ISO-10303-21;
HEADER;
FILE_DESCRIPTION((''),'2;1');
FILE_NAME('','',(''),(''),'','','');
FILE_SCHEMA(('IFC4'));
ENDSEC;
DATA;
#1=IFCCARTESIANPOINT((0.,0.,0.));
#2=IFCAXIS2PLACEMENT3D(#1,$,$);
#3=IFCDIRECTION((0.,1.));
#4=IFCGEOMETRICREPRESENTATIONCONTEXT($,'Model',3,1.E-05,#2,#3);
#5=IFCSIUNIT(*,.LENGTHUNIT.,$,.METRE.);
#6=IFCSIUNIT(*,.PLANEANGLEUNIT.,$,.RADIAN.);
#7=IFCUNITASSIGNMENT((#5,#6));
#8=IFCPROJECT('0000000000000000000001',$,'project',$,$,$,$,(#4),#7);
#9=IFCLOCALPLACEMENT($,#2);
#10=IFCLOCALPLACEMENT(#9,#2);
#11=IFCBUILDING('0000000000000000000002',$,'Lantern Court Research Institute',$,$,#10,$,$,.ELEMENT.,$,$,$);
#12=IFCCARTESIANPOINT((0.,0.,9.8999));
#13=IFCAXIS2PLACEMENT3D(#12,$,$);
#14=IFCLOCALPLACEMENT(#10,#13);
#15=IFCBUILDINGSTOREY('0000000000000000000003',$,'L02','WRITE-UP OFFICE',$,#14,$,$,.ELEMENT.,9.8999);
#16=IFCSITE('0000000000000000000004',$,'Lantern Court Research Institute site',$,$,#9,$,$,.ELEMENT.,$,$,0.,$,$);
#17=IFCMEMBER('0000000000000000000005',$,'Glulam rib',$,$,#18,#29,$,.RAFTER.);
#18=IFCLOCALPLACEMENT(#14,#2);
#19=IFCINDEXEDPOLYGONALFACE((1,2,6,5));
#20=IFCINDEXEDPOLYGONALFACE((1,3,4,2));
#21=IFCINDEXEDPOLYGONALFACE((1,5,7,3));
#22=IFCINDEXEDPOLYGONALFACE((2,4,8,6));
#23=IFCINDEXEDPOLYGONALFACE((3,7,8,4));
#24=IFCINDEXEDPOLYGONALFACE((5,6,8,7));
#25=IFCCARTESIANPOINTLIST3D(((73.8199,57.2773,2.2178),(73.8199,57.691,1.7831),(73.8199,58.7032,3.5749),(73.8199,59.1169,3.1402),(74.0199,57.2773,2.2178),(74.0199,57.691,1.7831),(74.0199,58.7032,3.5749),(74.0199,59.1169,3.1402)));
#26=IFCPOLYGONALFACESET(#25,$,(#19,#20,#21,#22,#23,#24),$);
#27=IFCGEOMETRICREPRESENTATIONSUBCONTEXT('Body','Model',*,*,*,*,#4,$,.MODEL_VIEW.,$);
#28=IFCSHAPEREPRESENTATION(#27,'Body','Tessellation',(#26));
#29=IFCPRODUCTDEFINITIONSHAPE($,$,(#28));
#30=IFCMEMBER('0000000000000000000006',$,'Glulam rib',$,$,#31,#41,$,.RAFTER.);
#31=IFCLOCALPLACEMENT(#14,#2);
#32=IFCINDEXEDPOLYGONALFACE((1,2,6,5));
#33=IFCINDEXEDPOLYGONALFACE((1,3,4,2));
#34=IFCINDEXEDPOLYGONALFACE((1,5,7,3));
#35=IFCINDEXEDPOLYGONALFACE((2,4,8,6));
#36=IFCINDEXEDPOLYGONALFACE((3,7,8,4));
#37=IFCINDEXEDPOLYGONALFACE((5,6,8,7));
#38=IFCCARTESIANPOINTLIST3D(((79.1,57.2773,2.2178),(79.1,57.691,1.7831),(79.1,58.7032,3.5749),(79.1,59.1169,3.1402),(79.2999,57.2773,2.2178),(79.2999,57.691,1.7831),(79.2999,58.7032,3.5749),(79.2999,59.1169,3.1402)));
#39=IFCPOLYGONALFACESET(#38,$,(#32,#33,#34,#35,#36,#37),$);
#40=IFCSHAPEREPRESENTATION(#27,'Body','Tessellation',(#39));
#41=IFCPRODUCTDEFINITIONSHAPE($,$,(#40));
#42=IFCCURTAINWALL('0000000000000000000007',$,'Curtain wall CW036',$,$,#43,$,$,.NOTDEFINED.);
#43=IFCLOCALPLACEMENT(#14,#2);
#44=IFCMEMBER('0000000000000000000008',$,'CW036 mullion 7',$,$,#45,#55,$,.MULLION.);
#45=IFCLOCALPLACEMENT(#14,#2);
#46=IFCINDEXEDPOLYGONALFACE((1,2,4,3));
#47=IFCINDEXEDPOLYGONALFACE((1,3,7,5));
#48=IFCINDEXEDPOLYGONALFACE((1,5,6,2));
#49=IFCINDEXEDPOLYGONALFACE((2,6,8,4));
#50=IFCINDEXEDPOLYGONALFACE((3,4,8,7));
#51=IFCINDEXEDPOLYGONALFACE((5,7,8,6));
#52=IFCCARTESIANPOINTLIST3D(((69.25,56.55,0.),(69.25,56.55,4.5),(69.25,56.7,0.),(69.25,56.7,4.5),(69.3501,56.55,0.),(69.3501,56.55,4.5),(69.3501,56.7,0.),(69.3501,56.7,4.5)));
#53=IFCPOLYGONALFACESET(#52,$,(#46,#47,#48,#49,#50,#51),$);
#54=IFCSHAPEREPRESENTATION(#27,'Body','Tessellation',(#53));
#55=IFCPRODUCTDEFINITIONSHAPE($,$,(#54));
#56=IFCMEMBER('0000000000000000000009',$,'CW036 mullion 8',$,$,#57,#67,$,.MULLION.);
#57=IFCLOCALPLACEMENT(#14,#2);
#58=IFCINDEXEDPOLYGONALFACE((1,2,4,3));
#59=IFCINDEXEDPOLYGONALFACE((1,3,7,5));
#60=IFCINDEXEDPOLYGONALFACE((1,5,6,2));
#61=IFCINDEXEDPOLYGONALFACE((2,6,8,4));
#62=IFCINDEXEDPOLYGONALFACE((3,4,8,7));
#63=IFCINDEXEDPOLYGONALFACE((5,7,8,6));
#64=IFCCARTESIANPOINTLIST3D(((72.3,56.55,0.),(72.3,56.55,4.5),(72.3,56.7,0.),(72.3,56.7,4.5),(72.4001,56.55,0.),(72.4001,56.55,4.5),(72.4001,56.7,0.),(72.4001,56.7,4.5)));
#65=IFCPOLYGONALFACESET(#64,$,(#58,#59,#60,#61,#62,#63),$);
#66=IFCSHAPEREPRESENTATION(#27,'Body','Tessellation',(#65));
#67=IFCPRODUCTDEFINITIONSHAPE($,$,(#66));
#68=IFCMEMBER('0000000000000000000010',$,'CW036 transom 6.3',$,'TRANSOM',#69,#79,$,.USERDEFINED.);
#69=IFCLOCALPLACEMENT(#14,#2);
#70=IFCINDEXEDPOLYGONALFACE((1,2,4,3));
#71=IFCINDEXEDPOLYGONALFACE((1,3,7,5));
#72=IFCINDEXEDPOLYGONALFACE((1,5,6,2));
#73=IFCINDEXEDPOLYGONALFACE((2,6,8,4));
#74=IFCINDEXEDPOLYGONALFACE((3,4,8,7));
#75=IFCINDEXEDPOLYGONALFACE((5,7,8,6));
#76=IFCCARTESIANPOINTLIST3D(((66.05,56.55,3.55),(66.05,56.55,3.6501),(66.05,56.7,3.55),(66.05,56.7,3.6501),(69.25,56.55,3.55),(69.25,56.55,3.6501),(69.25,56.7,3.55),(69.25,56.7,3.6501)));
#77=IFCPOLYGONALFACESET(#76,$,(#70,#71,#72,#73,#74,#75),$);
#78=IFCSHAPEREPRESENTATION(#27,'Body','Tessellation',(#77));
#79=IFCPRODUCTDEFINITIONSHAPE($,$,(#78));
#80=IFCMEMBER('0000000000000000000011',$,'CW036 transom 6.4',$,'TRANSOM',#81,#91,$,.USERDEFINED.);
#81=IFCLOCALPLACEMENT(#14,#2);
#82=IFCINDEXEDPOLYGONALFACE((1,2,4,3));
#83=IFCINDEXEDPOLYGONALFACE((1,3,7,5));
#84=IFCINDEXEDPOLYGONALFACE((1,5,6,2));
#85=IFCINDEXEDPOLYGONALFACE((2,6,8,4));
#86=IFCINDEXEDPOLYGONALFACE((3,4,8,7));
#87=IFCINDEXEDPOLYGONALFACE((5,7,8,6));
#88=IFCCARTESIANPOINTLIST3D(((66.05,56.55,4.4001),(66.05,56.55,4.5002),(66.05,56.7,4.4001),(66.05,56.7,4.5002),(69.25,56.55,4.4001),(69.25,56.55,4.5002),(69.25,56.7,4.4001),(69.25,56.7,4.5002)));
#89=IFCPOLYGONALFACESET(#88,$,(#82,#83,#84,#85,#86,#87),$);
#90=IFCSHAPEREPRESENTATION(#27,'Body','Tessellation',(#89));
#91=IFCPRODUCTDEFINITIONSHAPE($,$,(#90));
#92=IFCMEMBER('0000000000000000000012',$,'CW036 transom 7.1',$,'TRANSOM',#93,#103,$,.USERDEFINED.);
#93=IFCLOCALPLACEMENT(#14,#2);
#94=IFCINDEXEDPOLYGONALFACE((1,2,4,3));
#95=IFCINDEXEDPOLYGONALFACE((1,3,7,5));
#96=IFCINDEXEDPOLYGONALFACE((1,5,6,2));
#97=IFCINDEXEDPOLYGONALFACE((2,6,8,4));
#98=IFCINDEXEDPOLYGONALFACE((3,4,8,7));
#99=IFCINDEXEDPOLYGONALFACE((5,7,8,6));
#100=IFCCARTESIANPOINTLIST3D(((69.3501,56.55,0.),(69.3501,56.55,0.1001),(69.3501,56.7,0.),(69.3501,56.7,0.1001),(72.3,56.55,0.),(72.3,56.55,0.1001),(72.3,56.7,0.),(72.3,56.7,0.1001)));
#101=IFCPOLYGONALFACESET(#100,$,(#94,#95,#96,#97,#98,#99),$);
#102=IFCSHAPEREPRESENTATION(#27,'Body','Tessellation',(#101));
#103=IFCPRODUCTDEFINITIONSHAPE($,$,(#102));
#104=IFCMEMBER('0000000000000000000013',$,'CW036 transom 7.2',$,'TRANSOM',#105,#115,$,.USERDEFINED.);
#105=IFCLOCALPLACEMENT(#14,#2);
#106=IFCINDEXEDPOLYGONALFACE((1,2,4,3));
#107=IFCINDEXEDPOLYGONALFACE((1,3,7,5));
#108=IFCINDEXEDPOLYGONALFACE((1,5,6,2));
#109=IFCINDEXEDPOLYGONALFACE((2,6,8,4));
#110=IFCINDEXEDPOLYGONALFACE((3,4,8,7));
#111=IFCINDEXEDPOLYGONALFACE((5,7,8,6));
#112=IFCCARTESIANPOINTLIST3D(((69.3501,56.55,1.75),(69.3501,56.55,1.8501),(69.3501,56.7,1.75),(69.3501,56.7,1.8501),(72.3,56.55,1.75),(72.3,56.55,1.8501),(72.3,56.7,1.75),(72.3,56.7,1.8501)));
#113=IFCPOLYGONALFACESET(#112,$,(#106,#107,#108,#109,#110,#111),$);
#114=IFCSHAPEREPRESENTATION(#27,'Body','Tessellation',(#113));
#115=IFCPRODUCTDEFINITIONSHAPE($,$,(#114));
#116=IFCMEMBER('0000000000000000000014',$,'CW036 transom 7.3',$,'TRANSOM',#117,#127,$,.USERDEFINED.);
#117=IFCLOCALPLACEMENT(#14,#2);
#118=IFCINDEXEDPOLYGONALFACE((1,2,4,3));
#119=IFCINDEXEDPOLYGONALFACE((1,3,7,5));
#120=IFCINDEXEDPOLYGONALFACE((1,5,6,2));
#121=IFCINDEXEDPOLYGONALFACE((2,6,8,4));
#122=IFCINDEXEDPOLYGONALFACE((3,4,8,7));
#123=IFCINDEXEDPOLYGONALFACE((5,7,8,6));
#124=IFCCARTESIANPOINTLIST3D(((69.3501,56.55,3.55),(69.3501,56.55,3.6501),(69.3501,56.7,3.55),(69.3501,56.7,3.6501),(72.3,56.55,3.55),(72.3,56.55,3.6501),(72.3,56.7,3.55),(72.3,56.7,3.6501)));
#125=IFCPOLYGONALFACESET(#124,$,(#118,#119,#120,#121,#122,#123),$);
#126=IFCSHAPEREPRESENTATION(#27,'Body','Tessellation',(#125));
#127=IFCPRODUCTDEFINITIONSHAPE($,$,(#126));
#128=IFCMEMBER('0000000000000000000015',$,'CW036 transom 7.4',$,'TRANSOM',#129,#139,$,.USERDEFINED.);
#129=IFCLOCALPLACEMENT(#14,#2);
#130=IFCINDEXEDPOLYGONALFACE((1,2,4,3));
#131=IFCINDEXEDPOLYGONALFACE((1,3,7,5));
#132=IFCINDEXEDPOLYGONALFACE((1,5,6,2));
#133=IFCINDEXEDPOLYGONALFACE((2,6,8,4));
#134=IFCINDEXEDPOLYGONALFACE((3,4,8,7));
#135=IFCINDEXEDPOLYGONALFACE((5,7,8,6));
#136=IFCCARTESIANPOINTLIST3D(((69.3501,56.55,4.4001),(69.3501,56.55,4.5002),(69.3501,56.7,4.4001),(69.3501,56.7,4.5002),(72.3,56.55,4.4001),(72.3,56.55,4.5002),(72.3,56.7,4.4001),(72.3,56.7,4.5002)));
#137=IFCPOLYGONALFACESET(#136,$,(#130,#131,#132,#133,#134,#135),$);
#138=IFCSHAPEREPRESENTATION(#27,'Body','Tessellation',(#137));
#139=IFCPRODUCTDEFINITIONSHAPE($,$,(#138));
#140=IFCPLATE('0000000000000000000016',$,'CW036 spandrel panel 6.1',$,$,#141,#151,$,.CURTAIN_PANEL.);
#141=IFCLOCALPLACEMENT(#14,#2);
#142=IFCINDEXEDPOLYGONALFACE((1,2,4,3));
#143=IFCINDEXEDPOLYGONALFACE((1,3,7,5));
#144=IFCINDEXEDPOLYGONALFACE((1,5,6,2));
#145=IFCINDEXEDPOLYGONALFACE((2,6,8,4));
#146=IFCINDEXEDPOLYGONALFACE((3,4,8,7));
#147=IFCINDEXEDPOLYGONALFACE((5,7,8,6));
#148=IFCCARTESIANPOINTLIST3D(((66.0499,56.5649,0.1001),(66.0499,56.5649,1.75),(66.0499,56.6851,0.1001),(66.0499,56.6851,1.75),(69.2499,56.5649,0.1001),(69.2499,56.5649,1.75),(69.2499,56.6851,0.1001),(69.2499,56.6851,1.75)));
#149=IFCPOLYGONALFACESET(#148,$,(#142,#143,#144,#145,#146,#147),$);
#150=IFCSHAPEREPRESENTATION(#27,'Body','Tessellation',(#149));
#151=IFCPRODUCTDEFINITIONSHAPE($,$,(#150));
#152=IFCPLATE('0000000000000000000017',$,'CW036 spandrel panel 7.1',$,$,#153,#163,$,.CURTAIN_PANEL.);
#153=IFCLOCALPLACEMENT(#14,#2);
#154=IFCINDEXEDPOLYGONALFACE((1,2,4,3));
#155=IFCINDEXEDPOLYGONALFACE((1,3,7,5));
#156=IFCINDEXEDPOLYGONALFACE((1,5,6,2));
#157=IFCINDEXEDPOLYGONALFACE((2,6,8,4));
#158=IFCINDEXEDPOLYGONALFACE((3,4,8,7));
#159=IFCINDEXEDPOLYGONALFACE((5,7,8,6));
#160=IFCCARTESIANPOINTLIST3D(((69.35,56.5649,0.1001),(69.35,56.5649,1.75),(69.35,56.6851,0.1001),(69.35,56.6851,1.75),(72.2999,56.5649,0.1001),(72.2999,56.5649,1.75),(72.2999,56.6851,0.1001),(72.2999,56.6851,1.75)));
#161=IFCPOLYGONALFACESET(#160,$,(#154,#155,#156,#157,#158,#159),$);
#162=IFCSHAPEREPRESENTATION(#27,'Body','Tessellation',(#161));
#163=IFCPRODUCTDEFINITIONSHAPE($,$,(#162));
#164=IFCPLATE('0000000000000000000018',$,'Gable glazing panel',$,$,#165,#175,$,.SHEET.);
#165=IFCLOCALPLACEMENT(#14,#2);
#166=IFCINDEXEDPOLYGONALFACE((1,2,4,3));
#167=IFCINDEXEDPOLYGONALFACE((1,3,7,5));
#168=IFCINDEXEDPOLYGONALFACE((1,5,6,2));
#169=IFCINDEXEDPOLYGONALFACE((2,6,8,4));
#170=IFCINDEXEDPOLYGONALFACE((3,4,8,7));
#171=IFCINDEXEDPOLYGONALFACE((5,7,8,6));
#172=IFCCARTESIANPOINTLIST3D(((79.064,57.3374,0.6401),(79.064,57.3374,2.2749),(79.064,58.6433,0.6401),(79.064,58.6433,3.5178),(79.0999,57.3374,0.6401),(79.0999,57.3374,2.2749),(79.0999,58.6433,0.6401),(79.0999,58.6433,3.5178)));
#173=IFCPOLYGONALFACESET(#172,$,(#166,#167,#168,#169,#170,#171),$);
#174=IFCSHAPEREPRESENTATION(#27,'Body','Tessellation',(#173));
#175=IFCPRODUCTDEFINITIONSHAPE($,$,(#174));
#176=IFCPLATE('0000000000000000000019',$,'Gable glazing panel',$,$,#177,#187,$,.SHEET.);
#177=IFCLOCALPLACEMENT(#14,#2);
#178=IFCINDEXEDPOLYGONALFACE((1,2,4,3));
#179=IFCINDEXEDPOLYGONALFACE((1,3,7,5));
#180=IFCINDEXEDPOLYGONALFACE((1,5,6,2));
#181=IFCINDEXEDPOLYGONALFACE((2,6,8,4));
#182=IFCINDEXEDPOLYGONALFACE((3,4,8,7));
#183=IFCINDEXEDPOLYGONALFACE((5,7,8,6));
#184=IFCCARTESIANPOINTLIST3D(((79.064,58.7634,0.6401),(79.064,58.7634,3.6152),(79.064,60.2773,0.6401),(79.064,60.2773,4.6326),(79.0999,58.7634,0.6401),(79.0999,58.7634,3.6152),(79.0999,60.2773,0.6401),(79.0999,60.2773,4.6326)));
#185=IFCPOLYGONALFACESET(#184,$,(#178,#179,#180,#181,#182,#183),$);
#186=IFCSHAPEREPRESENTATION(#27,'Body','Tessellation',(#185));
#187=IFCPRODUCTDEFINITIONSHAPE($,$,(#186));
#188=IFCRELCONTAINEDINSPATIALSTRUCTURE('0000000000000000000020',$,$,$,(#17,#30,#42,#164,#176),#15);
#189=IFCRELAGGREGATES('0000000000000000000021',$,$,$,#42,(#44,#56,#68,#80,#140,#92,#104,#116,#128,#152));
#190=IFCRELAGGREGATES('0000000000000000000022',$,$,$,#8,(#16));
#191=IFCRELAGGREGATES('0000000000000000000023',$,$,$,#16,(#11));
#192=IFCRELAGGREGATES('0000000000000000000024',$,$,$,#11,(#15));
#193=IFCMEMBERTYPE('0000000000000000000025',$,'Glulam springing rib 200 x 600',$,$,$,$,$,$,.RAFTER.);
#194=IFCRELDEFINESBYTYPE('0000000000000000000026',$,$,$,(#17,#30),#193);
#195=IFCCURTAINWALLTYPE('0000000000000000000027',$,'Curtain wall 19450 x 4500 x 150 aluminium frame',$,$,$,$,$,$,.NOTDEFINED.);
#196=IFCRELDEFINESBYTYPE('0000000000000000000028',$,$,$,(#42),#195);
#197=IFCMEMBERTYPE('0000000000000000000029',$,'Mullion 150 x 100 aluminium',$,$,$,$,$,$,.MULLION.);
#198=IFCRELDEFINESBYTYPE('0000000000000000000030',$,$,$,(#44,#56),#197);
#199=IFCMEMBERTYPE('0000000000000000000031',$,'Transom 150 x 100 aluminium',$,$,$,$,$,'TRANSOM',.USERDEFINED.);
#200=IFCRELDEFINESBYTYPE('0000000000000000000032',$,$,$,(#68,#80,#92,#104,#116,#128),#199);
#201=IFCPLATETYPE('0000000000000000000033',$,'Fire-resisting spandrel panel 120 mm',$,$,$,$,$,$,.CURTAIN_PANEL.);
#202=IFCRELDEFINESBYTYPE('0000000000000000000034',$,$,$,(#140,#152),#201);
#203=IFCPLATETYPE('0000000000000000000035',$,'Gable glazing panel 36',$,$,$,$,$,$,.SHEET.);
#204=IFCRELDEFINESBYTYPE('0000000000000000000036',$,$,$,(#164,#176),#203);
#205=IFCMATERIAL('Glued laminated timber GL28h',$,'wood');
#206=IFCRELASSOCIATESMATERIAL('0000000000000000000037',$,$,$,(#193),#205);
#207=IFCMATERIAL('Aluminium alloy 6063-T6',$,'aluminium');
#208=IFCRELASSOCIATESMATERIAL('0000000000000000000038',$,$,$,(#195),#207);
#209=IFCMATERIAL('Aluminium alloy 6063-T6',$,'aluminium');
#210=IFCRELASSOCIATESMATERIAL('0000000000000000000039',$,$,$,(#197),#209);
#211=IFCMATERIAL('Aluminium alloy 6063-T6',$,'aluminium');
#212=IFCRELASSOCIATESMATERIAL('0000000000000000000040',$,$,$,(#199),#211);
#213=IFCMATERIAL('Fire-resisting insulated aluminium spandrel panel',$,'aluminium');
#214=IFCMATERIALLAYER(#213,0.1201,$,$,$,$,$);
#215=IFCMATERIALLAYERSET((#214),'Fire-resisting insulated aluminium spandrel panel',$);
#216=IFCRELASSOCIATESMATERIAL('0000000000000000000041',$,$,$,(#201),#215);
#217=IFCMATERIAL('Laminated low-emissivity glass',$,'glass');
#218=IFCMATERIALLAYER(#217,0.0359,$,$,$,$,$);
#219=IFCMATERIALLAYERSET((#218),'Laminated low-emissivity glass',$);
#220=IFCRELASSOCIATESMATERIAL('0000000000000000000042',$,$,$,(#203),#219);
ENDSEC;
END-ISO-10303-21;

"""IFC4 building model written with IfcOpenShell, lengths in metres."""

from ifc_helpers import new_model, si_unit, direction, frame, origin, origin_2d, place, context, subcontext, project, spatial, polyline, rectangle, outline, extrude, material, layer, layer_set, material_profile, profile_set, type_object, element, aggregate, save


model = new_model("IFC4")

# Units and contexts
model_context = context("Model", 3, precision=1e-05, world=origin(), true_north=direction((0.0, 1.0)))
body_context = subcontext(model_context, "Body", "Model", "MODEL_VIEW")
ifc_project = project(units=[si_unit("LENGTHUNIT", "METRE"), si_unit("PLANEANGLEUNIT", "RADIAN")], contexts=[model_context])

# Site, building, storey
site_placement = place(None, origin())
site = spatial("IfcSite", under=ifc_project, at=site_placement, Name="Lantern Court Research Institute site", CompositionType="ELEMENT", RefElevation=0.0)
building_placement = place(site_placement, origin())
building = spatial("IfcBuilding", under=site, at=building_placement, Name="Lantern Court Research Institute", CompositionType="ELEMENT")
storey_placement = place(building_placement, frame((0.0, 0.0, 9.8999)))
storey = spatial("IfcBuildingStorey", under=building, at=storey_placement, Name="L02", Description="WRITE-UP OFFICE", CompositionType="ELEMENT", Elevation=9.8999)

# Members
ifc_material_1 = material(Name="Glued laminated timber GL28h", Category="wood")
ifc_material_profile_1 = material_profile(ifc_material_1, rectangle(XDim=0.2, YDim=0.6001, at=origin_2d()), Name="Glulam springing rib 200 x 600")
ifc_profile_set_1 = profile_set([ifc_material_profile_1], Name="Glued laminated timber GL28h")
member_type_1 = type_object("IfcMemberType", Name="Glulam springing rib 200 x 600", PredefinedType="RAFTER", material=ifc_profile_set_1)
for number, where, z_axis, x_axis, name in (
    (1, (73.9199, 57.4841, 2.0005), (0.0, 0.724377, 0.689404), (-1.0, 0.0, 0.0), "Glulam rib"),
    (2, (79.2, 57.4841, 2.0005), (0.0, 0.724377, 0.689404), (-1.0, 0.0, 0.0), "Glulam rib"),
):
    element("IfcMember", number, at=place(storey_placement, frame(where, z_axis=z_axis, x_axis=x_axis)), inside=storey, type_object=member_type_1, Name=name, PredefinedType="RAFTER", context=body_context, shape_type="SweptSolid", body=[
        extrude(rectangle(XDim=0.2, YDim=0.6001, at=origin_2d()), origin(), (0.0, 0.0, 1.0), 1.9685),
    ])

# Curtain wall, members, plates
ifc_material_2 = material(Name="Aluminium alloy 6063-T6", Category="aluminium")
curtain_wall_type = type_object("IfcCurtainWallType", Name="Curtain wall 19450 x 4500 x 150 aluminium frame", PredefinedType="NOTDEFINED", material=ifc_material_2)
curtain_wall_placement = place(storey_placement, origin())
curtain_wall = element("IfcCurtainWall", 3, at=curtain_wall_placement, inside=storey, type_object=curtain_wall_type, Name="Curtain wall CW036", PredefinedType="NOTDEFINED")
ifc_material_3 = material(Name="Aluminium alloy 6063-T6", Category="aluminium")
ifc_material_profile_2 = material_profile(ifc_material_3, rectangle(XDim=0.1499, YDim=0.1001, at=origin_2d()), Name="Mullion 150 x 100")
ifc_profile_set_2 = profile_set([ifc_material_profile_2], Name="Aluminium alloy 6063-T6")
member_type_2 = type_object("IfcMemberType", Name="Mullion 150 x 100 aluminium", PredefinedType="MULLION", material=ifc_profile_set_2)
member_1_placement = place(storey_placement, frame((69.3, 56.625, 0.0), z_axis=(0.0, 0.0, 1.0), x_axis=(0.0, 1.0, 0.0)))
member_1 = element("IfcMember", 4, at=member_1_placement, type_object=member_type_2, Name="CW036 mullion 7", PredefinedType="MULLION", context=body_context, shape_type="SweptSolid", body=[
    extrude(rectangle(XDim=0.1499, YDim=0.1001, at=origin_2d()), origin(), (0.0, 0.0, 1.0), 4.5),
])
member_2_placement = place(storey_placement, frame((72.3501, 56.625, 0.0), z_axis=(0.0, 0.0, 1.0), x_axis=(0.0, 1.0, 0.0)))
member_2 = element("IfcMember", 5, at=member_2_placement, type_object=member_type_2, Name="CW036 mullion 8", PredefinedType="MULLION", context=body_context, shape_type="SweptSolid", body=[
    extrude(rectangle(XDim=0.1499, YDim=0.1001, at=origin_2d()), origin(), (0.0, 0.0, 1.0), 4.5),
])
ifc_material_4 = material(Name="Aluminium alloy 6063-T6", Category="aluminium")
ifc_material_profile_3 = material_profile(ifc_material_4, rectangle(XDim=0.1499, YDim=0.1001, at=origin_2d()), Name="Transom 150 x 100")
ifc_profile_set_3 = profile_set([ifc_material_profile_3], Name="Aluminium alloy 6063-T6")
member_type_3 = type_object("IfcMemberType", Name="Transom 150 x 100 aluminium", ElementType="TRANSOM", PredefinedType="USERDEFINED", material=ifc_profile_set_3)
member_3_placement = place(storey_placement, frame((66.05, 56.625, 3.6001), z_axis=(1.0, 0.0, 0.0), x_axis=(0.0, 1.0, 0.0)))
member_3 = element("IfcMember", 6, at=member_3_placement, type_object=member_type_3, Name="CW036 transom 6.3", ObjectType="TRANSOM", PredefinedType="USERDEFINED", context=body_context, shape_type="SweptSolid", body=[
    extrude(rectangle(XDim=0.1499, YDim=0.1001, at=origin_2d()), origin(), (0.0, 0.0, 1.0), 3.2),
])
member_4_placement = place(storey_placement, frame((66.05, 56.625, 4.4502), z_axis=(1.0, 0.0, 0.0), x_axis=(0.0, 1.0, 0.0)))
member_4 = element("IfcMember", 7, at=member_4_placement, type_object=member_type_3, Name="CW036 transom 6.4", ObjectType="TRANSOM", PredefinedType="USERDEFINED", context=body_context, shape_type="SweptSolid", body=[
    extrude(rectangle(XDim=0.1499, YDim=0.1001, at=origin_2d()), origin(), (0.0, 0.0, 1.0), 3.2),
])
member_5_placement = place(storey_placement, frame((69.3501, 56.625, 0.05), z_axis=(1.0, 0.0, 0.0), x_axis=(0.0, 1.0, 0.0)))
member_5 = element("IfcMember", 8, at=member_5_placement, type_object=member_type_3, Name="CW036 transom 7.1", ObjectType="TRANSOM", PredefinedType="USERDEFINED", context=body_context, shape_type="SweptSolid", body=[
    extrude(rectangle(XDim=0.1499, YDim=0.1001, at=origin_2d()), origin(), (0.0, 0.0, 1.0), 2.95),
])
member_6_placement = place(storey_placement, frame((69.3501, 56.625, 1.8), z_axis=(1.0, 0.0, 0.0), x_axis=(0.0, 1.0, 0.0)))
member_6 = element("IfcMember", 9, at=member_6_placement, type_object=member_type_3, Name="CW036 transom 7.2", ObjectType="TRANSOM", PredefinedType="USERDEFINED", context=body_context, shape_type="SweptSolid", body=[
    extrude(rectangle(XDim=0.1499, YDim=0.1001, at=origin_2d()), origin(), (0.0, 0.0, 1.0), 2.95),
])
member_7_placement = place(storey_placement, frame((69.3501, 56.625, 3.6001), z_axis=(1.0, 0.0, 0.0), x_axis=(0.0, 1.0, 0.0)))
member_7 = element("IfcMember", 10, at=member_7_placement, type_object=member_type_3, Name="CW036 transom 7.3", ObjectType="TRANSOM", PredefinedType="USERDEFINED", context=body_context, shape_type="SweptSolid", body=[
    extrude(rectangle(XDim=0.1499, YDim=0.1001, at=origin_2d()), origin(), (0.0, 0.0, 1.0), 2.95),
])
member_8_placement = place(storey_placement, frame((69.3501, 56.625, 4.4502), z_axis=(1.0, 0.0, 0.0), x_axis=(0.0, 1.0, 0.0)))
member_8 = element("IfcMember", 11, at=member_8_placement, type_object=member_type_3, Name="CW036 transom 7.4", ObjectType="TRANSOM", PredefinedType="USERDEFINED", context=body_context, shape_type="SweptSolid", body=[
    extrude(rectangle(XDim=0.1499, YDim=0.1001, at=origin_2d()), origin(), (0.0, 0.0, 1.0), 2.95),
])
ifc_material_5 = material(Name="Fire-resisting insulated aluminium spandrel panel", Category="aluminium")
ifc_layer_1 = layer(ifc_material_5, 0.1201)
ifc_layer_set_1 = layer_set([ifc_layer_1], Name="Fire-resisting insulated aluminium spandrel panel")
plate_type_1 = type_object("IfcPlateType", Name="Fire-resisting spandrel panel 120 mm", PredefinedType="CURTAIN_PANEL", material=ifc_layer_set_1)
plate_1_placement = place(storey_placement, frame((67.6499, 56.625, 0.1001), z_axis=(0.0, 0.0, 1.0), x_axis=(1.0, 0.0, 0.0)))
plate_1 = element("IfcPlate", 12, at=plate_1_placement, type_object=plate_type_1, Name="CW036 spandrel panel 6.1", PredefinedType="CURTAIN_PANEL", context=body_context, shape_type="SweptSolid", body=[
    extrude(rectangle(XDim=3.2, YDim=0.1201, at=origin_2d()), origin(), (0.0, 0.0, 1.0), 1.6499),
])
plate_2_placement = place(storey_placement, frame((70.825, 56.625, 0.1001), z_axis=(0.0, 0.0, 1.0), x_axis=(1.0, 0.0, 0.0)))
plate_2 = element("IfcPlate", 13, at=plate_2_placement, type_object=plate_type_1, Name="CW036 spandrel panel 7.1", PredefinedType="CURTAIN_PANEL", context=body_context, shape_type="SweptSolid", body=[
    extrude(rectangle(XDim=2.95, YDim=0.1201, at=origin_2d()), origin(), (0.0, 0.0, 1.0), 1.6499),
])

# Plates
ifc_material_6 = material(Name="Laminated low-emissivity glass", Category="glass")
ifc_layer_2 = layer(ifc_material_6, 0.0359)
ifc_layer_set_2 = layer_set([ifc_layer_2], Name="Laminated low-emissivity glass")
plate_type_2 = type_object("IfcPlateType", Name="Gable glazing panel 36", PredefinedType="SHEET", material=ifc_layer_set_2)
plate_3_placement = place(storey_placement, frame((79.082, 57.3374, 0.6401), z_axis=(0.0, 0.0, 1.0), x_axis=(0.0, 1.0, 0.0)))
element("IfcPlate", 14, at=plate_3_placement, inside=storey, type_object=plate_type_2, Name="Gable glazing panel", PredefinedType="SHEET", context=body_context, shape_type="SweptSolid", body=[
    extrude(outline(polyline([(0.0, 0.0), (1.3059, 0.0), (1.3059, 2.8777), (0.0, 1.6348), (0.0, 0.0)])), frame((0.0, 0.0181, 0.0), z_axis=(0.0, -1.0, 0.0), x_axis=(1.0, 0.0, 0.0)), (0.0, 0.0, 1.0), 0.0359),
])
plate_4_placement = place(storey_placement, frame((79.082, 58.7634, 0.6401), z_axis=(0.0, 0.0, 1.0), x_axis=(0.0, 1.0, 0.0)))
element("IfcPlate", 15, at=plate_4_placement, inside=storey, type_object=plate_type_2, Name="Gable glazing panel", PredefinedType="SHEET", context=body_context, shape_type="SweptSolid", body=[
    extrude(outline(polyline([(0.0, 0.0), (1.5139, 0.0), (1.5139, 3.9924), (0.0, 2.9751), (0.0, 0.0)])), frame((0.0, 0.0181, 0.0), z_axis=(0.0, -1.0, 0.0), x_axis=(1.0, 0.0, 0.0)), (0.0, 0.0, 1.0), 0.0359),
])

aggregate(curtain_wall, [member_1, member_2, member_3, member_4, plate_1, member_5, member_6, member_7, member_8, plate_2])

save(model, "model.ifc")
